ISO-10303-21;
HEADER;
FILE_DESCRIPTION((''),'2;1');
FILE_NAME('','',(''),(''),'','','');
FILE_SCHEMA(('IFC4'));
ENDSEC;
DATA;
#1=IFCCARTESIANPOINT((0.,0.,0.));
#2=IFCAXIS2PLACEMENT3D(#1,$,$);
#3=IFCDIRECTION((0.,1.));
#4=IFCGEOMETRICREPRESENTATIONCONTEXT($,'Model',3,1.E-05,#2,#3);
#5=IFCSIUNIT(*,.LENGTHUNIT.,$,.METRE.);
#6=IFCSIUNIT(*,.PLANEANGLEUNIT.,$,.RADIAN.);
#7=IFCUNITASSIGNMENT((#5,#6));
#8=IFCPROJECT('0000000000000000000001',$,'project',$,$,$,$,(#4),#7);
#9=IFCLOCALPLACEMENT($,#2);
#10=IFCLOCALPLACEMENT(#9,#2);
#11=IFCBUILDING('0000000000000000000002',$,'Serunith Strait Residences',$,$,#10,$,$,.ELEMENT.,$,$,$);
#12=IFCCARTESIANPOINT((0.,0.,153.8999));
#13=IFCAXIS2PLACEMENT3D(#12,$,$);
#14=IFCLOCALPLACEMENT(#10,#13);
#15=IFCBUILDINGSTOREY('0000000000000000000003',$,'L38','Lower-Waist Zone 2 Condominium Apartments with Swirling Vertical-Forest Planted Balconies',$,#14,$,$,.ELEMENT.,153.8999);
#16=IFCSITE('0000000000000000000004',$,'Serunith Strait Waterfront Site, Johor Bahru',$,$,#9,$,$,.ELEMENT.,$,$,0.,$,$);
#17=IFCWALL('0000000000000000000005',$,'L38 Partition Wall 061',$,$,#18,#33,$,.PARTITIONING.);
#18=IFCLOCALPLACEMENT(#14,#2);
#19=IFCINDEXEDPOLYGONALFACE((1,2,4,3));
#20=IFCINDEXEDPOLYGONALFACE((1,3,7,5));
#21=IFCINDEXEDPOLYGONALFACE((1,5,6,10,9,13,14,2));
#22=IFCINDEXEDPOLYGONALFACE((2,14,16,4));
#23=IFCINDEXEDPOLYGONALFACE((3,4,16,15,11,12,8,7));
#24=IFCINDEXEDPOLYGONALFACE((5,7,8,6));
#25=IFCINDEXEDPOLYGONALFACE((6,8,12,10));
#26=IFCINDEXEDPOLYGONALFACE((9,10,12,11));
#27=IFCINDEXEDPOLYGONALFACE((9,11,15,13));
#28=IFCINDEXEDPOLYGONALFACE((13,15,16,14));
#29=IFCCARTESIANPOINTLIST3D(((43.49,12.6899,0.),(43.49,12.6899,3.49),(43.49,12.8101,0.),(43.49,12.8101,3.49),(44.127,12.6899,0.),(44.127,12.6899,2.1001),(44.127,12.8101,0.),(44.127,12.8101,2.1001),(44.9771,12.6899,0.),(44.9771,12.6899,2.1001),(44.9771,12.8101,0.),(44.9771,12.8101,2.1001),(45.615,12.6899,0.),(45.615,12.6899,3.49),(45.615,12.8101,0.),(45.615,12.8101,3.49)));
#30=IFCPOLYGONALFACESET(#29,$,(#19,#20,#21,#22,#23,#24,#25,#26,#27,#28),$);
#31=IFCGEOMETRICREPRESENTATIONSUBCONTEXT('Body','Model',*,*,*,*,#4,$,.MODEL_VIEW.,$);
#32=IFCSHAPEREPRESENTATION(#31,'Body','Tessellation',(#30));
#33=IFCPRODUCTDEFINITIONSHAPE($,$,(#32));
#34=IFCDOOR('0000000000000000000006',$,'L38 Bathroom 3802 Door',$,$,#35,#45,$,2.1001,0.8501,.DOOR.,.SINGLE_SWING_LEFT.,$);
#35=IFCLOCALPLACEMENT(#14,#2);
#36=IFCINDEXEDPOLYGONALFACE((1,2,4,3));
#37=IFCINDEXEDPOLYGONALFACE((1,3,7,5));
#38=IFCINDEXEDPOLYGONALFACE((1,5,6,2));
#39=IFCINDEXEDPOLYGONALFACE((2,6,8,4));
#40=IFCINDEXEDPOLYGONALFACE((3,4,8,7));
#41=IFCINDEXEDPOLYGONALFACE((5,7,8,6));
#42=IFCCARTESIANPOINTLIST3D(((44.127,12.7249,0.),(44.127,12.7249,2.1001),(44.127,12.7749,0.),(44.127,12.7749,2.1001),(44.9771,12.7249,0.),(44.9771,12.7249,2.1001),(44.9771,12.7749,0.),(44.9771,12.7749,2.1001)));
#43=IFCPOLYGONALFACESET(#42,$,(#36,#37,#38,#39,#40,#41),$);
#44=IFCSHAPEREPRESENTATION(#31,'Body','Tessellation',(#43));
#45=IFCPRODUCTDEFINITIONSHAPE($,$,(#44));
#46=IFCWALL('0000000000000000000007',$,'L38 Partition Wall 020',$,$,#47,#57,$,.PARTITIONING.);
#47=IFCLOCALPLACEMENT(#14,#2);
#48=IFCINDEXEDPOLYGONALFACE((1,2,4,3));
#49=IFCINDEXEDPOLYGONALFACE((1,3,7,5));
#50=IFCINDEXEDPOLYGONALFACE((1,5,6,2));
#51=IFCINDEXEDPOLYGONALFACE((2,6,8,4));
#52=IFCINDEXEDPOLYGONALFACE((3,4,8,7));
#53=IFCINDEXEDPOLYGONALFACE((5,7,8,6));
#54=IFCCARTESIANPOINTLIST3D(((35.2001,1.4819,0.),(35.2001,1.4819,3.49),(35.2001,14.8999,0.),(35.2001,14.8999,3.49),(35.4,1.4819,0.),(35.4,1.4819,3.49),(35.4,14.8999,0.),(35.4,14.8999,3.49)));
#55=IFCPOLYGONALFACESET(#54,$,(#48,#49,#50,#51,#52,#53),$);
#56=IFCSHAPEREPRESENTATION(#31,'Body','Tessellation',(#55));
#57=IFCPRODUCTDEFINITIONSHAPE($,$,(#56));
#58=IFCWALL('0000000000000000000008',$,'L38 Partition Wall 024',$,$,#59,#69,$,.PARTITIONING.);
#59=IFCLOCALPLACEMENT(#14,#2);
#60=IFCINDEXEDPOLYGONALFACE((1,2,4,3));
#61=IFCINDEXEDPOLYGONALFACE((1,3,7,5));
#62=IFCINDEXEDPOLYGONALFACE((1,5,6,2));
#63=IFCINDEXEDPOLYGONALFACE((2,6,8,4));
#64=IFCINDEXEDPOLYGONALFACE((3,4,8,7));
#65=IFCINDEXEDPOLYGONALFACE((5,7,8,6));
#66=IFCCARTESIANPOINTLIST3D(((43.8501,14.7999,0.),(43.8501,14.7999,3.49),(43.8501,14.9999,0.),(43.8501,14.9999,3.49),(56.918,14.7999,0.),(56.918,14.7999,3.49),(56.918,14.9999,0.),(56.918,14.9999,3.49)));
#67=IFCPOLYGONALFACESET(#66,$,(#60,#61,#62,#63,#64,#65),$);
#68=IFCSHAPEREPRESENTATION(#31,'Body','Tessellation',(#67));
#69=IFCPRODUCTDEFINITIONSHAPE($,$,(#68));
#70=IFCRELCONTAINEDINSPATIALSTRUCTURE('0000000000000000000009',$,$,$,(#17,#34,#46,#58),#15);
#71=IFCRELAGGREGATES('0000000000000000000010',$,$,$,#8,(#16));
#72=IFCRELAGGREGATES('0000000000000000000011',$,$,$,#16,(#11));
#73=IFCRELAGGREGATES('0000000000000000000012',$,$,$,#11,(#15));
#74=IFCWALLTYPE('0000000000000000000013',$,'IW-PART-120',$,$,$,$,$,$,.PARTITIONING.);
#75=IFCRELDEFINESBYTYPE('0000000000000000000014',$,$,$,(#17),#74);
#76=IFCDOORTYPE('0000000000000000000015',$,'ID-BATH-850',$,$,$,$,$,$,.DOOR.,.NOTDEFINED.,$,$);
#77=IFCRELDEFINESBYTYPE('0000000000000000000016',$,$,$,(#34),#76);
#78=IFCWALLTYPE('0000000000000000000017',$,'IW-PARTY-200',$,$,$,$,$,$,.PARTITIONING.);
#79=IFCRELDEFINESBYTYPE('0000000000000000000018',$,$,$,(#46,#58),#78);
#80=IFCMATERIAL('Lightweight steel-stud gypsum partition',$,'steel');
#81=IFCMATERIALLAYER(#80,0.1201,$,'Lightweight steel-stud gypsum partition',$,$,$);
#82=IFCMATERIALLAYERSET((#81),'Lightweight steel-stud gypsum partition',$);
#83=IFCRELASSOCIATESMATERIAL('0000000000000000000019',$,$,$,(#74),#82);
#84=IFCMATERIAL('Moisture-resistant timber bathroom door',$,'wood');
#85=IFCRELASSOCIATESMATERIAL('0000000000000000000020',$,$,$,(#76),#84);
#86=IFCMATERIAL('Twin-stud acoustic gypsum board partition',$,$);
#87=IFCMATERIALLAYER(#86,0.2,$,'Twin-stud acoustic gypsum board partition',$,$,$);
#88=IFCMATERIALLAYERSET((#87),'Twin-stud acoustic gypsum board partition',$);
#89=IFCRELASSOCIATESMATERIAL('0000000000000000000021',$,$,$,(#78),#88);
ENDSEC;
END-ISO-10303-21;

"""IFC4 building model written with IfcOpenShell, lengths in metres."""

from ifc_helpers import new_model, si_unit, direction, frame, frame_2d, origin, place, context, subcontext, project, spatial, rectangle, extrude, source, transform, mapped, material, layer, layer_set, type_object, element, fill, save


model = new_model("IFC4")

# Units and contexts
model_context = context("Model", 3, precision=1e-05, world=origin(), true_north=direction((0.0, 1.0)))
body_context = subcontext(model_context, "Body", "Model", "MODEL_VIEW")
ifc_project = project(units=[si_unit("LENGTHUNIT", "METRE"), si_unit("PLANEANGLEUNIT", "RADIAN")], contexts=[model_context])

# Site, building, storey
site_placement = place(None, origin())
site = spatial("IfcSite", under=ifc_project, at=site_placement, Name="Serunith Strait Waterfront Site, Johor Bahru", CompositionType="ELEMENT", RefElevation=0.0)
building_placement = place(site_placement, origin())
building = spatial("IfcBuilding", under=site, at=building_placement, Name="Serunith Strait Residences", CompositionType="ELEMENT")
storey_placement = place(building_placement, frame((0.0, 0.0, 153.8999)))
storey = spatial("IfcBuildingStorey", under=building, at=storey_placement, Name="L38", Description="Lower-Waist Zone 2 Condominium Apartments with Swirling Vertical-Forest Planted Balconies", CompositionType="ELEMENT", Elevation=153.8999)

# Shared definitions
ifc_material_1 = material(Name="Lightweight steel-stud gypsum partition", Category="steel")
ifc_layer_1 = layer(ifc_material_1, 0.1201, Name="Lightweight steel-stud gypsum partition")
ifc_layer_set_1 = layer_set([ifc_layer_1], Name="Lightweight steel-stud gypsum partition")
wall_type_1 = type_object("IfcWallType", Name="IW-PART-120", PredefinedType="PARTITIONING", material=ifc_layer_set_1)
ifc_material_2 = material(Name="Moisture-resistant timber bathroom door", Category="wood")
door_type_1 = type_object("IfcDoorType", Name="ID-BATH-850", OperationType="NOTDEFINED", PredefinedType="DOOR", material=ifc_material_2)
shared_shape_1 = source(origin(), body_context, "Body", "SweptSolid", [
    extrude(rectangle(XDim=0.8501, YDim=2.1001, at=frame_2d((0.425, 1.05))), frame((0.0, 0.0249, 0.0), z_axis=(0.0, -1.0, 0.0), x_axis=(1.0, 0.0, 0.0)), (0.0, 0.0, 1.0), 0.05),
])

# Wall, opening, door
wall_1_placement = place(storey_placement, frame((43.49, 12.75, 0.0), z_axis=(0.0, 0.0, 1.0), x_axis=(1.0, 0.0, 0.0)))
wall_1 = element("IfcWall", 1, at=wall_1_placement, inside=storey, type_object=wall_type_1, Name="L38 Partition Wall 061", PredefinedType="PARTITIONING", context=body_context, shape_type="SweptSolid", body=[
    extrude(rectangle(XDim=2.125, YDim=0.1201, at=frame_2d((1.0625, 0.0))), origin(), (0.0, 0.0, 1.0), 3.49),
])
opening_1_placement = place(wall_1_placement, frame((0.637, 0.0, 0.0)))
opening_1 = element("IfcOpeningElement", 2, at=opening_1_placement, cuts=wall_1, PredefinedType="OPENING", context=body_context, shape_type="SweptSolid", body=[
    extrude(rectangle(XDim=0.8501, YDim=2.1001, at=frame_2d((0.425, 1.05))), frame((0.0, 0.0701, 0.0), z_axis=(0.0, -1.0, 0.0), x_axis=(1.0, 0.0, 0.0)), (0.0, 0.0, 1.0), 0.1401),
])
door_1_placement = place(opening_1_placement, origin())
door_1 = element("IfcDoor", 3, at=door_1_placement, inside=storey, type_object=door_type_1, Name="L38 Bathroom 3802 Door", OperationType="SINGLE_SWING_LEFT", OverallHeight=2.1001, OverallWidth=0.8501, PredefinedType="DOOR", context=body_context, shape_type="MappedRepresentation", body=[
    mapped(shared_shape_1, transform((0.0, 0.0, 0.0), scale=1.0)),
])
fill(opening_1, door_1)

# Walls
ifc_material_3 = material(Name="Twin-stud acoustic gypsum board partition")
ifc_layer_2 = layer(ifc_material_3, 0.2, Name="Twin-stud acoustic gypsum board partition")
ifc_layer_set_2 = layer_set([ifc_layer_2], Name="Twin-stud acoustic gypsum board partition")
wall_type_2 = type_object("IfcWallType", Name="IW-PARTY-200", PredefinedType="PARTITIONING", material=ifc_layer_set_2)
wall_2_placement = place(storey_placement, frame((35.3, 1.4819, 0.0), z_axis=(0.0, 0.0, 1.0), x_axis=(0.0, 1.0, 0.0)))
element("IfcWall", 4, at=wall_2_placement, inside=storey, type_object=wall_type_2, Name="L38 Partition Wall 020", PredefinedType="PARTITIONING", context=body_context, shape_type="SweptSolid", body=[
    extrude(rectangle(XDim=13.418, YDim=0.2, at=frame_2d((6.709, 0.0))), origin(), (0.0, 0.0, 1.0), 3.49),
])
wall_3_placement = place(storey_placement, frame((43.8501, 14.8999, 0.0), z_axis=(0.0, 0.0, 1.0), x_axis=(1.0, 0.0, 0.0)))
element("IfcWall", 5, at=wall_3_placement, inside=storey, type_object=wall_type_2, Name="L38 Partition Wall 024", PredefinedType="PARTITIONING", context=body_context, shape_type="SweptSolid", body=[
    extrude(rectangle(XDim=13.0679, YDim=0.2, at=frame_2d((6.5339, 0.0))), origin(), (0.0, 0.0, 1.0), 3.49),
])

save(model, "model.ifc")
